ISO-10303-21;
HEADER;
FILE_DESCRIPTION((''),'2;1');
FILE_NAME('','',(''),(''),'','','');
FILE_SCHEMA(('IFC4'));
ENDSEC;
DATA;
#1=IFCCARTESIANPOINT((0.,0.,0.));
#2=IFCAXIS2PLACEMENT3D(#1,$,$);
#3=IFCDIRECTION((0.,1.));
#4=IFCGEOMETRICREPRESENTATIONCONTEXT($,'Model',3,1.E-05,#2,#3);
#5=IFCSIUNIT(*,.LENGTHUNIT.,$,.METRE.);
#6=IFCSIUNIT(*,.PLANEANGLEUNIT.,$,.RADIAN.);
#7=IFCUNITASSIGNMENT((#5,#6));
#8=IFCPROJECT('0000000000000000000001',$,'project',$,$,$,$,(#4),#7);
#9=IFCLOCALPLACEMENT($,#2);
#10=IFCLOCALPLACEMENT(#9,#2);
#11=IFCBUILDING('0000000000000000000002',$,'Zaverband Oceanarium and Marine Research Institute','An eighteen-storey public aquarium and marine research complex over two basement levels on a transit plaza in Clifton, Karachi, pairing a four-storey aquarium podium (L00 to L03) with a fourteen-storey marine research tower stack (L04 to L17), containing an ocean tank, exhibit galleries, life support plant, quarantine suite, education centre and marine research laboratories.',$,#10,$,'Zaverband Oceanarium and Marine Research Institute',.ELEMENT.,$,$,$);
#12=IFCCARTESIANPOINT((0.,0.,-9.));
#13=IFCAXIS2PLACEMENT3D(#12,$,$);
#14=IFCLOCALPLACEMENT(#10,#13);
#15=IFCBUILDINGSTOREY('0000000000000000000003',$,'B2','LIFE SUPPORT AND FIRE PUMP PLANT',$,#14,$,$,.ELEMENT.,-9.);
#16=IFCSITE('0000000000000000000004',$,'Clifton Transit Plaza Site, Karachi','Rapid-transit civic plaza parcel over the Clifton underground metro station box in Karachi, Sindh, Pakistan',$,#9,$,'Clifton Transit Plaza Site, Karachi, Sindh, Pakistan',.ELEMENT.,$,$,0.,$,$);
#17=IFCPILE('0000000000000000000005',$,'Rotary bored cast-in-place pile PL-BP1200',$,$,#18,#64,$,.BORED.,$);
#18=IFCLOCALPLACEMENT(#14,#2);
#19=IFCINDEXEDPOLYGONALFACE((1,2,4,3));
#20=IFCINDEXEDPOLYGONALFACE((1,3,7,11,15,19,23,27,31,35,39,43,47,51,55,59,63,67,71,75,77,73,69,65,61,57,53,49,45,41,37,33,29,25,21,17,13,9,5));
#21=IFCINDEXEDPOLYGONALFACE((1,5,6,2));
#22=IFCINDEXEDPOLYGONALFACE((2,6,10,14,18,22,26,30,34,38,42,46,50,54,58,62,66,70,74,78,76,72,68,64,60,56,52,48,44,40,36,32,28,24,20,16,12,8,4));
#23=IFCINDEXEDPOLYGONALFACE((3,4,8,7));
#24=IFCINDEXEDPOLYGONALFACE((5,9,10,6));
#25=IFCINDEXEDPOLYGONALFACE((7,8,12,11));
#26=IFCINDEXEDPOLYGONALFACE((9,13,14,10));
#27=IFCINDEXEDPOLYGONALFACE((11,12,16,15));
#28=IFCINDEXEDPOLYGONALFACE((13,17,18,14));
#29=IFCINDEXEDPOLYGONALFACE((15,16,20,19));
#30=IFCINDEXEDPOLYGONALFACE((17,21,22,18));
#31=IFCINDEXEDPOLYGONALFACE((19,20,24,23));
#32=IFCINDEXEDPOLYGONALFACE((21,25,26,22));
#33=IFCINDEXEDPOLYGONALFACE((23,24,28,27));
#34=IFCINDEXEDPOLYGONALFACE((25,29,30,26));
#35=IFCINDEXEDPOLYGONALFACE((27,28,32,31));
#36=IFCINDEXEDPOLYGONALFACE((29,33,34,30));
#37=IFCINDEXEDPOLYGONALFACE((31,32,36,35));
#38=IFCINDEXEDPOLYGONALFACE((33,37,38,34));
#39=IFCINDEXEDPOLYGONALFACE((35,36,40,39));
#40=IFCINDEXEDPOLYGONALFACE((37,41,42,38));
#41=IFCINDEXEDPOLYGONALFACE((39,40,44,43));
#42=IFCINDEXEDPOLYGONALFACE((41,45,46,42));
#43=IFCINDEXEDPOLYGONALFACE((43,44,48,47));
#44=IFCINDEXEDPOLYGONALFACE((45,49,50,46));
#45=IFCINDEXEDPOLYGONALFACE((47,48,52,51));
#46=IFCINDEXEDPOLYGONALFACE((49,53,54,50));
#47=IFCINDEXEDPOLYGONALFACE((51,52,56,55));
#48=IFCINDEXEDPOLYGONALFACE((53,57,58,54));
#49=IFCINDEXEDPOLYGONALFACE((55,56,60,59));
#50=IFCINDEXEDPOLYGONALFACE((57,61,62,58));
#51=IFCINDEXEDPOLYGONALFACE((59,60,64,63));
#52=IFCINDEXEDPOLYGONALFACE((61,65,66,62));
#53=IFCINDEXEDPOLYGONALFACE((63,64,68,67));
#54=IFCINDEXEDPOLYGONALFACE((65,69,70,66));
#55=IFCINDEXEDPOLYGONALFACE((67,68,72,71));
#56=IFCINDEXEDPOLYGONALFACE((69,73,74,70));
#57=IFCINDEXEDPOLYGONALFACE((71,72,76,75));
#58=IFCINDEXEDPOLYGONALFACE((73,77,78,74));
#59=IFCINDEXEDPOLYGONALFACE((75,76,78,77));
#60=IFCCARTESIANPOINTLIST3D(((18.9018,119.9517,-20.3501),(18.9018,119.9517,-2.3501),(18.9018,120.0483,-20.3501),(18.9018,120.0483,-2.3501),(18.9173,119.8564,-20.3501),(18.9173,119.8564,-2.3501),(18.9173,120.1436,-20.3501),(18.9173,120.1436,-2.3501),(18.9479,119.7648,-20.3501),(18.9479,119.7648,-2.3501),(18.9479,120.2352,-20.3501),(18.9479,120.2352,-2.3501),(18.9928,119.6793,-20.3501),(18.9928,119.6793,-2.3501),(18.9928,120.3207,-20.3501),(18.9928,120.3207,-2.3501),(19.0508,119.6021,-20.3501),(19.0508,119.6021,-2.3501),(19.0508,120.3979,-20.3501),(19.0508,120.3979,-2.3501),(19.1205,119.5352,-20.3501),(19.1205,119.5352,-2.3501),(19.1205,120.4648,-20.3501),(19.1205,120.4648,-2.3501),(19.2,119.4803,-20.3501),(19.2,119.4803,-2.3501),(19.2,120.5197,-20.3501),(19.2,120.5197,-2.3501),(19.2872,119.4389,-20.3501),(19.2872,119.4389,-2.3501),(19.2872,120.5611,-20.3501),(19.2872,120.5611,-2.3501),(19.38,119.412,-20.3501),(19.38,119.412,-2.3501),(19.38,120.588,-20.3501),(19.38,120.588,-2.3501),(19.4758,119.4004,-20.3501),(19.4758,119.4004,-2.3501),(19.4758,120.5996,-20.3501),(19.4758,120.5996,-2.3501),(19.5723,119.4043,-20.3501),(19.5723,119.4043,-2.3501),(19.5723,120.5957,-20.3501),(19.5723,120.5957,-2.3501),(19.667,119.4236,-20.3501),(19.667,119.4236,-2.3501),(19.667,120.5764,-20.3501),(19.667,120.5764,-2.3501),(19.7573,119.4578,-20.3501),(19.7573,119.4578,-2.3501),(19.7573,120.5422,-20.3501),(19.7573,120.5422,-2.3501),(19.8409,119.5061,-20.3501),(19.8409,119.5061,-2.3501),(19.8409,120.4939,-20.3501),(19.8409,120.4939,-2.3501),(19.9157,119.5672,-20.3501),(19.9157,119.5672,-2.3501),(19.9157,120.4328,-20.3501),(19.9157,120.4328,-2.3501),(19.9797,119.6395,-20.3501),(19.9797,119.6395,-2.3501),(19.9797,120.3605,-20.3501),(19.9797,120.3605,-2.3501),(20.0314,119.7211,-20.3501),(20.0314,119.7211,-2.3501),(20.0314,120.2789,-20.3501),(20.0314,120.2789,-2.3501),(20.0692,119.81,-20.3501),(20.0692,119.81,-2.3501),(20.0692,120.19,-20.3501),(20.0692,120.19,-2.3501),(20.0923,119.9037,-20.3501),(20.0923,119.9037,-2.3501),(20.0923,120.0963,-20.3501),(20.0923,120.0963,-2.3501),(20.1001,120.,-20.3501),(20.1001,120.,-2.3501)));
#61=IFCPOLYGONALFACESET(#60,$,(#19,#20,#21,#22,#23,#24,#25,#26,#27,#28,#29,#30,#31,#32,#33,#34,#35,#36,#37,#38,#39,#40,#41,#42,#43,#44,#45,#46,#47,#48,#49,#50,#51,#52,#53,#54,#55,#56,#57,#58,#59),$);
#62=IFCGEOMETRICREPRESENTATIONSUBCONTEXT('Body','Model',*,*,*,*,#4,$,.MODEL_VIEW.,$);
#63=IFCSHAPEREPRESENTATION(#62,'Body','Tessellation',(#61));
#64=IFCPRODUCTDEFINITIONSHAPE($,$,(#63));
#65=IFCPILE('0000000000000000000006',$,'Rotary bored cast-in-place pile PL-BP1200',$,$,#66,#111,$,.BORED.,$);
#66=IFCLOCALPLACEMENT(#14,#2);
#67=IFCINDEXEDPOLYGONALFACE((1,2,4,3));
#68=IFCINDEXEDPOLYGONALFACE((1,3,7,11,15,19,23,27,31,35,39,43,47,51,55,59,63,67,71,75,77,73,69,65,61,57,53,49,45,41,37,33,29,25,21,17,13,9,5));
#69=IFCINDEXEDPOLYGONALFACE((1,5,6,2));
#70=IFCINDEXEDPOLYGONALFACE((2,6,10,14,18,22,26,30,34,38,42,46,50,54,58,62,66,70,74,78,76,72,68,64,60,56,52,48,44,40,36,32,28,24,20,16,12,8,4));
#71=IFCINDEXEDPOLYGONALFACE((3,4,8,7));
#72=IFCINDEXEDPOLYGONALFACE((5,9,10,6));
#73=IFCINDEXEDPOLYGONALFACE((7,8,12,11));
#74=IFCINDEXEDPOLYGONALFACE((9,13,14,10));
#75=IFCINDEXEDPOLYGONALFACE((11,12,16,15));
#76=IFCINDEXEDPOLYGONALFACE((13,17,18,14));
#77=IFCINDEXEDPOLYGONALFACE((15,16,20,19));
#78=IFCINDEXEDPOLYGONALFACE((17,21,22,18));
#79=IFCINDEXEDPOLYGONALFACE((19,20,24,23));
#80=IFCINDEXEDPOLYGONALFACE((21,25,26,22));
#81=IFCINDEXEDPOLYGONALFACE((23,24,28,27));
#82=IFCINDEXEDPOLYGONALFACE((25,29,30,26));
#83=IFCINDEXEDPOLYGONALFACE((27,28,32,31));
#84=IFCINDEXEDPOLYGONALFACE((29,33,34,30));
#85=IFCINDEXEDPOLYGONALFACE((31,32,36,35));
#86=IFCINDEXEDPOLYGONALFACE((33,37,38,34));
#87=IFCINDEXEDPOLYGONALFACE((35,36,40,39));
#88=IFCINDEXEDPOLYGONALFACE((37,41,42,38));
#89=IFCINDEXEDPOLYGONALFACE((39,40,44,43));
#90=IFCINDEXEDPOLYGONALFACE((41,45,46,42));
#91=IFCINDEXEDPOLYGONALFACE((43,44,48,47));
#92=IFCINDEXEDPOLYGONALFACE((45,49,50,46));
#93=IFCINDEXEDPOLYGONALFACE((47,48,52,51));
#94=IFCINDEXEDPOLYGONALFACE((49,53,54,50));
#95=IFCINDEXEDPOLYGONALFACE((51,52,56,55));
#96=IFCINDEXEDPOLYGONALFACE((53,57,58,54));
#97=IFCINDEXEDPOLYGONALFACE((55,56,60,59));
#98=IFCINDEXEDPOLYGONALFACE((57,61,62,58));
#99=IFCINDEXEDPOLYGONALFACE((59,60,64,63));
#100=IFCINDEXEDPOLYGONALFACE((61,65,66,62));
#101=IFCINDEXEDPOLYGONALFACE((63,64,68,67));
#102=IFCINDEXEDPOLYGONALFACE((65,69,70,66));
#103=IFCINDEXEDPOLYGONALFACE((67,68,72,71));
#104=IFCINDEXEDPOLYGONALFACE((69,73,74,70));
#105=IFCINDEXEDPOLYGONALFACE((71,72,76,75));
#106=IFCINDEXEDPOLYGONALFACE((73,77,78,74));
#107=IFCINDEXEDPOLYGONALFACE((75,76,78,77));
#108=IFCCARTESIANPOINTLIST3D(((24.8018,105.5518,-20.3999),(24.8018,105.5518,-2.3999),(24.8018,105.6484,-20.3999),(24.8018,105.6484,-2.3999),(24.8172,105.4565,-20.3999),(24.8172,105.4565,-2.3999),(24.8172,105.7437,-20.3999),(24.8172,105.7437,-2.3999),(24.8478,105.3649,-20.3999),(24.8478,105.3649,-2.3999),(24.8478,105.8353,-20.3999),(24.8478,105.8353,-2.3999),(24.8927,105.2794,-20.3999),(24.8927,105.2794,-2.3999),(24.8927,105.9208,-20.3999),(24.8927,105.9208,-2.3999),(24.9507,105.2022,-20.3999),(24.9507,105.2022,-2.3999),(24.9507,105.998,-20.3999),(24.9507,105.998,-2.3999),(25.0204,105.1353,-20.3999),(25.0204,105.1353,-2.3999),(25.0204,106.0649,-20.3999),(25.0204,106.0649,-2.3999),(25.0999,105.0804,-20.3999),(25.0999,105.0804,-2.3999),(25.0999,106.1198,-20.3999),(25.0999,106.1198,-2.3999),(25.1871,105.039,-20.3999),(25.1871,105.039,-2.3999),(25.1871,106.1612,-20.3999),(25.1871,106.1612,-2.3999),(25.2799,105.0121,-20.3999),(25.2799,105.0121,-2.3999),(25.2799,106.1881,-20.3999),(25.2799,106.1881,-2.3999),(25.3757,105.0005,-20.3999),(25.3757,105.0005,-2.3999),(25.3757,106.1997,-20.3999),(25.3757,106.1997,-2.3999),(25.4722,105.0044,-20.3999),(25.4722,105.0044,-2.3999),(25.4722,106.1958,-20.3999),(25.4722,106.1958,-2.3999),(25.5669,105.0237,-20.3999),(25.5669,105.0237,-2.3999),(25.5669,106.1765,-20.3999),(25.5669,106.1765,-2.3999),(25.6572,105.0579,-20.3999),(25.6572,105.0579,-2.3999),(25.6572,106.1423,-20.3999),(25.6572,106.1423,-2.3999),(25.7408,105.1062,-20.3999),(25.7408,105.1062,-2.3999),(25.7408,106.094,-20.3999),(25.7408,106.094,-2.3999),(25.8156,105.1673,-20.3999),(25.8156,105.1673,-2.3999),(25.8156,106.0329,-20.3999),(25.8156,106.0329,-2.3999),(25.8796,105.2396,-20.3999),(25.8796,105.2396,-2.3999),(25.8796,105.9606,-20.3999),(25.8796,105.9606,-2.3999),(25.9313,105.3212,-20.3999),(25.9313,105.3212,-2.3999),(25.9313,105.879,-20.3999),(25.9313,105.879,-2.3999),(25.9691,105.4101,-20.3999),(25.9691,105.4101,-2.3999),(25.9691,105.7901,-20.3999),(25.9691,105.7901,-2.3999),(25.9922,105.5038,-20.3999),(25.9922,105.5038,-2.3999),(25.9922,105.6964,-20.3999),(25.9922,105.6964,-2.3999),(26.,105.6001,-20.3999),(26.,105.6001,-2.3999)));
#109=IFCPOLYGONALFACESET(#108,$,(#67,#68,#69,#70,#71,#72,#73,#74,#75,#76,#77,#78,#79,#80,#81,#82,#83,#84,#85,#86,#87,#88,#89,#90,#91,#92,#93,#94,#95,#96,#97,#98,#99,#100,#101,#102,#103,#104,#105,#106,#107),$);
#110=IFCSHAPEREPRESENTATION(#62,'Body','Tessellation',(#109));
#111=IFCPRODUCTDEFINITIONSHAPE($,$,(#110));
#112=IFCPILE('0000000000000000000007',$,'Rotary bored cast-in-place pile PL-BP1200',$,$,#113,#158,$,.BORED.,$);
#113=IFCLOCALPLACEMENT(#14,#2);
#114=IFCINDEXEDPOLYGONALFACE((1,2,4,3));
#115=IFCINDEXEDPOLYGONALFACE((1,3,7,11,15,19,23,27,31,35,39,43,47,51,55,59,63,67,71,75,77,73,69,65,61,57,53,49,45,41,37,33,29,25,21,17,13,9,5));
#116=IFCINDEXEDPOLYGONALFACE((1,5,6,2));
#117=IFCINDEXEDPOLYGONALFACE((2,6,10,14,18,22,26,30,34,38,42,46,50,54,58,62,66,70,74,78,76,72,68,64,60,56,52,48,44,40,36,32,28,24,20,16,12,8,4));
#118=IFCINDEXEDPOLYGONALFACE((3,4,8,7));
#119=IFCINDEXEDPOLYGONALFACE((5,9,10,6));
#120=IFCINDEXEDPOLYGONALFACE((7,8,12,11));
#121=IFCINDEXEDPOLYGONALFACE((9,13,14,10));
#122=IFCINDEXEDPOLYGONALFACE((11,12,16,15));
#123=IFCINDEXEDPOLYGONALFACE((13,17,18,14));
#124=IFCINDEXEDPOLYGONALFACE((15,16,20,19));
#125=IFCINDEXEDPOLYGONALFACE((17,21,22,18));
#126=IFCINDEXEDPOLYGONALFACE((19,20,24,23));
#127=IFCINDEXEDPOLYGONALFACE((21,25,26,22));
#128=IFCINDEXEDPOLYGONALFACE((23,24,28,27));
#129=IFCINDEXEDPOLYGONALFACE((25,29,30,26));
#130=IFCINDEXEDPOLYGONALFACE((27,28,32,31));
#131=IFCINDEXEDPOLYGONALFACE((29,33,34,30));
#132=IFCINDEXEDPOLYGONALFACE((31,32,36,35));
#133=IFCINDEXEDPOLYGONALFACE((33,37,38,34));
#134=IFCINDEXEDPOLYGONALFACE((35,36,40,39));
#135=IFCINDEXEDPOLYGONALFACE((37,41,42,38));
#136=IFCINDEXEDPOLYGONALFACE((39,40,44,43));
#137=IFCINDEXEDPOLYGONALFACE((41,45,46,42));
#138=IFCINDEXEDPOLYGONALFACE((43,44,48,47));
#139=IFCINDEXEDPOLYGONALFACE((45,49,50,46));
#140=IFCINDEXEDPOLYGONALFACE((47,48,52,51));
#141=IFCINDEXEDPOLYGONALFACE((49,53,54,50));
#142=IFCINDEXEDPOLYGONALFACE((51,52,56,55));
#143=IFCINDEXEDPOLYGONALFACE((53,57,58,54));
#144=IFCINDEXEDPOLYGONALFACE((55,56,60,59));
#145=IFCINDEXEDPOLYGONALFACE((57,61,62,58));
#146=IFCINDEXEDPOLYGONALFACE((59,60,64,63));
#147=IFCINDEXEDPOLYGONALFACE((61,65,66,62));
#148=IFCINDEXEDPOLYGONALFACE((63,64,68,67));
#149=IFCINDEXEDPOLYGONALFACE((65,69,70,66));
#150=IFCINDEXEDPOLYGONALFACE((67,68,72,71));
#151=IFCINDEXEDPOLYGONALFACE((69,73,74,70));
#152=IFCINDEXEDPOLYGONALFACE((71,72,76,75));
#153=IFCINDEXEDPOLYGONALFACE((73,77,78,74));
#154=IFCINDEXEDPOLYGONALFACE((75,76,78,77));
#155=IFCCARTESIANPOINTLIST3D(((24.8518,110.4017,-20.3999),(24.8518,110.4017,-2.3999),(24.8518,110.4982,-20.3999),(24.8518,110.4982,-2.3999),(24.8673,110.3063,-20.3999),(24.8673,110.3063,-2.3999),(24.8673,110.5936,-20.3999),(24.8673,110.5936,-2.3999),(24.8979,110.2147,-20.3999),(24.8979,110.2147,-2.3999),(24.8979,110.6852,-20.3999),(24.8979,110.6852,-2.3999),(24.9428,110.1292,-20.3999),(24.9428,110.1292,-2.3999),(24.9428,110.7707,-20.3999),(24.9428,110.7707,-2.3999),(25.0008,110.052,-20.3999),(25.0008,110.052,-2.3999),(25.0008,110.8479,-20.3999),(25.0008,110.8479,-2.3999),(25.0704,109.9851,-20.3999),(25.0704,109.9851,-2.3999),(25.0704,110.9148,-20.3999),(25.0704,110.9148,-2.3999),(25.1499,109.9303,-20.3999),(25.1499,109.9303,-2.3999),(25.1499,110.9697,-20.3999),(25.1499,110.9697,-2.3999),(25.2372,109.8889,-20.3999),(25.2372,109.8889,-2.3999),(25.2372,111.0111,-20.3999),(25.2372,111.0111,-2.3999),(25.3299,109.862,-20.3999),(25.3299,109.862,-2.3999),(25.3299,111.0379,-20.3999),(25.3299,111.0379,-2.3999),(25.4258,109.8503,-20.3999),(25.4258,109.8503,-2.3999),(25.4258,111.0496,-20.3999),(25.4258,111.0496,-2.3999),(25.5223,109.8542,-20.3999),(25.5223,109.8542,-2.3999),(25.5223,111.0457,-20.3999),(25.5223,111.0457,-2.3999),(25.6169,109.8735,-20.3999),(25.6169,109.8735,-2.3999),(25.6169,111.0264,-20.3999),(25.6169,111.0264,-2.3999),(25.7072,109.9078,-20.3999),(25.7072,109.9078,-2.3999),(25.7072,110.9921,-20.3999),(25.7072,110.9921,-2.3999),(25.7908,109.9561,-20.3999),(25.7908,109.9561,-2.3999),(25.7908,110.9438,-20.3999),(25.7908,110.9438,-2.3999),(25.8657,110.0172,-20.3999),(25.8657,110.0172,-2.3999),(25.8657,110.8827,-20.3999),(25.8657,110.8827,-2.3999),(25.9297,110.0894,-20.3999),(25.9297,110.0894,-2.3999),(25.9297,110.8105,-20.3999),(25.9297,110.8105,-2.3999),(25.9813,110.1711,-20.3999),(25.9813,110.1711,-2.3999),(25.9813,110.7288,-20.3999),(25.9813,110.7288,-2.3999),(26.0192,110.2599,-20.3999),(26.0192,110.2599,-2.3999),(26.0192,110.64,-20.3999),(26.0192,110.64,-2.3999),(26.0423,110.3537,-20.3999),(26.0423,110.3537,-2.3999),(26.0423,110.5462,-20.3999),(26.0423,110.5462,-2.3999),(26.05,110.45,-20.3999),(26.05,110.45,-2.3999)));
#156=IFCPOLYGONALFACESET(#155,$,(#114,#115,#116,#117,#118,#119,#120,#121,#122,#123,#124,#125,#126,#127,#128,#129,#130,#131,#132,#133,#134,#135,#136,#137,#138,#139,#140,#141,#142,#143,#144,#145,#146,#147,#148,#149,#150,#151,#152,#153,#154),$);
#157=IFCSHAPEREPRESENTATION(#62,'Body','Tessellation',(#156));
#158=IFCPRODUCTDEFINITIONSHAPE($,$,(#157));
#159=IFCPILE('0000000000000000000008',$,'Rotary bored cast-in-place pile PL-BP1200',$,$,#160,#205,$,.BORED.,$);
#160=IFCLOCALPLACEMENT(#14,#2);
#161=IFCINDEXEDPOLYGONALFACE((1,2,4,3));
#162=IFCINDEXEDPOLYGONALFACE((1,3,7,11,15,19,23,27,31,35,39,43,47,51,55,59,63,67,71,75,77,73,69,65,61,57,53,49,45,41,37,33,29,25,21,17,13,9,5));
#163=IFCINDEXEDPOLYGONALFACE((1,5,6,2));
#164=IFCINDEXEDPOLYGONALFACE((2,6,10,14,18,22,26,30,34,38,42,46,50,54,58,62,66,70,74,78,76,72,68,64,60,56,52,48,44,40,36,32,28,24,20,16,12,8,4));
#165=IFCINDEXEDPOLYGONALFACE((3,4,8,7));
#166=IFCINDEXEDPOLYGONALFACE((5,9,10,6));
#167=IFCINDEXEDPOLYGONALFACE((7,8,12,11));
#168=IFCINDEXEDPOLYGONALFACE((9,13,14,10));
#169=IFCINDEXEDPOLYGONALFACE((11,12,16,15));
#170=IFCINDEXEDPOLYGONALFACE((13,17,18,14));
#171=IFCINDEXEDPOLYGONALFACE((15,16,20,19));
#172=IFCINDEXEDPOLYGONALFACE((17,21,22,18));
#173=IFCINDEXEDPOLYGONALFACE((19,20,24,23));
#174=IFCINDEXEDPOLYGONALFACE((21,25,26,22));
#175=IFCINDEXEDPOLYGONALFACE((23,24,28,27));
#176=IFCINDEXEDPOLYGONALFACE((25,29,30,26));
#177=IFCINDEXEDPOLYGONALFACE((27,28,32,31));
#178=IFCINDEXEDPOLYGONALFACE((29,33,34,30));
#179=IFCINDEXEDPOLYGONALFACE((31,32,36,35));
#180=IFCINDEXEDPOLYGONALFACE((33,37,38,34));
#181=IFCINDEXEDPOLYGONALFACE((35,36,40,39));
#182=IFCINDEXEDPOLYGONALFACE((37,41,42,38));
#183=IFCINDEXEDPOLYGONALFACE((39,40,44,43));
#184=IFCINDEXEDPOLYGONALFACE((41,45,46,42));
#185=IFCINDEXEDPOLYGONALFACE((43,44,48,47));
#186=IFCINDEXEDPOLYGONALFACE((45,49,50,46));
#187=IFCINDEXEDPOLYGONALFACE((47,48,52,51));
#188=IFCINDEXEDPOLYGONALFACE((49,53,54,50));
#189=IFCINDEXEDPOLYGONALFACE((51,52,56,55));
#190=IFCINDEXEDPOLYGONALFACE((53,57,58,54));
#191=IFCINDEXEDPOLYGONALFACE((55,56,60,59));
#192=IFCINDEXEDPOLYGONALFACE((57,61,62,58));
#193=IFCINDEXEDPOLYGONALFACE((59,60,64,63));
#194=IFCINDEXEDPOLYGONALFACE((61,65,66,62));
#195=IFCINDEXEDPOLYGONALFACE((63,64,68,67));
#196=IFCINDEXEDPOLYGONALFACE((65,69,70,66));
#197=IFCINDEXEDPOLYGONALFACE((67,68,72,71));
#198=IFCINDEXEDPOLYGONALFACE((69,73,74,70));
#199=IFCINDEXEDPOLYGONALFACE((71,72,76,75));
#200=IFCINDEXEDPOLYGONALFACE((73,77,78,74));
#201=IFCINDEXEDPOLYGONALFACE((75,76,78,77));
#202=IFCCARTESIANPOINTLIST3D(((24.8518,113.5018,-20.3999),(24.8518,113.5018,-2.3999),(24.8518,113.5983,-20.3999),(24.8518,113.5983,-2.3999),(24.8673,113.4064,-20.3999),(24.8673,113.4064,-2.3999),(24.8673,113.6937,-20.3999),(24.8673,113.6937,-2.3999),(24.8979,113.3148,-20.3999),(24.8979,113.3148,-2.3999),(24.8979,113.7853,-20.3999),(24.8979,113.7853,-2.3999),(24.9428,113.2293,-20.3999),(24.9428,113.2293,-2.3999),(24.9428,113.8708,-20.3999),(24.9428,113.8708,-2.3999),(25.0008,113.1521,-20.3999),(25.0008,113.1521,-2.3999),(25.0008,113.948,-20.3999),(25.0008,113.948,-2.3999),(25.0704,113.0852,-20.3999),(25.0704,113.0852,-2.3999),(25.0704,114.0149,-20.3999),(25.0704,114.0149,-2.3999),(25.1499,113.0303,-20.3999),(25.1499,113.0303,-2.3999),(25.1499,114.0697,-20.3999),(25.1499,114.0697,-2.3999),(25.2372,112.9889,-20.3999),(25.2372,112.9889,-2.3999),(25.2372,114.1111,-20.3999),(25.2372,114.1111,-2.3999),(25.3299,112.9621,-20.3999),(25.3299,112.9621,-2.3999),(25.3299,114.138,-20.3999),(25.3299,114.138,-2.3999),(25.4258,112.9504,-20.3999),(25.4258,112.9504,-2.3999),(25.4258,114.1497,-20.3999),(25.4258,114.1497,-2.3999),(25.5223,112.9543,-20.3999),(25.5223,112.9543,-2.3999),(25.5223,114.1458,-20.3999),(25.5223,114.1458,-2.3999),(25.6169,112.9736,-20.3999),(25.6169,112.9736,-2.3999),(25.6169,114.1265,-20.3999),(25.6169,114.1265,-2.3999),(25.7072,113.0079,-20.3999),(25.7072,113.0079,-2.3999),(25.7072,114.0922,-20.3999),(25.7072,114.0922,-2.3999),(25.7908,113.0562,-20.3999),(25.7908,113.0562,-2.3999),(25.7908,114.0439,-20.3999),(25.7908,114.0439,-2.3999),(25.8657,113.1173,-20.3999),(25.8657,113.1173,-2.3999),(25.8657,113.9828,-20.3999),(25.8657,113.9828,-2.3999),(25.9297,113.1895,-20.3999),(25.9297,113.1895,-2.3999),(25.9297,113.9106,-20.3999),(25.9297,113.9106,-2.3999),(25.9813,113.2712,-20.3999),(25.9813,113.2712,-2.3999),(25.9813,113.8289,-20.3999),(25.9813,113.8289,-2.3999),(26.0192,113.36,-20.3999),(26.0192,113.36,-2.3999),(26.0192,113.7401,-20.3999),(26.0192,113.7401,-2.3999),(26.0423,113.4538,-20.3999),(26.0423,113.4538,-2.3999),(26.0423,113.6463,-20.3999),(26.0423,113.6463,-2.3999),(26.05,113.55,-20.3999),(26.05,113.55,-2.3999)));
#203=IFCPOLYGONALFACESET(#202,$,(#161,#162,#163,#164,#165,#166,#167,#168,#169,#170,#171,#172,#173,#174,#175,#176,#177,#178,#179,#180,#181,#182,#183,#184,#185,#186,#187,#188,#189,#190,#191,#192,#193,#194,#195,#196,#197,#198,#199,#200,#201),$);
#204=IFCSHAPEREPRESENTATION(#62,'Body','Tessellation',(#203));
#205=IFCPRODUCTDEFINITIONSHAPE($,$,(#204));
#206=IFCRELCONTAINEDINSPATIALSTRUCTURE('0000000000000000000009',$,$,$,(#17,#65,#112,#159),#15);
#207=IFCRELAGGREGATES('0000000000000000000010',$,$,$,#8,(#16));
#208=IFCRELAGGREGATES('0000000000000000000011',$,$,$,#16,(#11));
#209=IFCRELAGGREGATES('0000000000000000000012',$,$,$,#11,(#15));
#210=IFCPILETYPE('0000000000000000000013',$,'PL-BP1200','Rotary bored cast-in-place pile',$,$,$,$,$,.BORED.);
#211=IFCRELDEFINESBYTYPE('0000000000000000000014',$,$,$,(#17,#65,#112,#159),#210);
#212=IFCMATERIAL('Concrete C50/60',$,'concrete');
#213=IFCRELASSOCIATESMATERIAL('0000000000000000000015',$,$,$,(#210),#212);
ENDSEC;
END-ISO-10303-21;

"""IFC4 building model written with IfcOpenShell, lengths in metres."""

from ifc_helpers import new_model, si_unit, direction, frame, origin, origin_2d, place, context, subcontext, project, spatial, circle, extrude, material, material_profile, profile_set, type_object, element, save


model = new_model("IFC4")

# Units and contexts
model_context = context("Model", 3, precision=1e-05, world=origin(), true_north=direction((0.0, 1.0)))
body_context = subcontext(model_context, "Body", "Model", "MODEL_VIEW")
ifc_project = project(units=[si_unit("LENGTHUNIT", "METRE"), si_unit("PLANEANGLEUNIT", "RADIAN")], contexts=[model_context])

# Site, building, storey
site_placement = place(None, origin())
site = spatial("IfcSite", under=ifc_project, at=site_placement, Name="Clifton Transit Plaza Site, Karachi", Description="Rapid-transit civic plaza parcel over the Clifton underground metro station box in Karachi, Sindh, Pakistan", LongName="Clifton Transit Plaza Site, Karachi, Sindh, Pakistan", CompositionType="ELEMENT", RefElevation=0.0)
building_placement = place(site_placement, origin())
building = spatial("IfcBuilding", under=site, at=building_placement, Name="Zaverband Oceanarium and Marine Research Institute", Description="An eighteen-storey public aquarium and marine research complex over two basement levels on a transit plaza in Clifton, Karachi, pairing a four-storey aquarium podium (L00 to L03) with a fourteen-storey marine research tower stack (L04 to L17), containing an ocean tank, exhibit galleries, life support plant, quarantine suite, education centre and marine research laboratories.", LongName="Zaverband Oceanarium and Marine Research Institute", CompositionType="ELEMENT")
storey_placement = place(building_placement, frame((0.0, 0.0, -9.0)))
storey = spatial("IfcBuildingStorey", under=building, at=storey_placement, Name="B2", Description="LIFE SUPPORT AND FIRE PUMP PLANT", CompositionType="ELEMENT", Elevation=-9.0)

# Shared definitions
ifc_material_1 = material(Name="Concrete C50/60", Category="concrete")

# Piles
ifc_material_profile_1 = material_profile(ifc_material_1, circle(Radius=0.6001, at=origin_2d()), Name="BP1200")
ifc_profile_set_1 = profile_set([ifc_material_profile_1], Name="Concrete C50/60")
pile_type = type_object("IfcPileType", Name="PL-BP1200", Description="Rotary bored cast-in-place pile", PredefinedType="BORED", material=ifc_profile_set_1)
for number, where, z_axis, x_axis, name in (
    (1, (19.5, 120.0, -2.3501), (0.0, 0.0, -1.0), (1.0, 0.0, 0.0), "Rotary bored cast-in-place pile PL-BP1200"),
    (2, (25.3999, 105.6001, -2.3999), (0.0, 0.0, -1.0), (1.0, 0.0, 0.0), "Rotary bored cast-in-place pile PL-BP1200"),
    (3, (25.45, 110.45, -2.3999), (0.0, 0.0, -1.0), (1.0, 0.0, 0.0), "Rotary bored cast-in-place pile PL-BP1200"),
    (4, (25.45, 113.55, -2.3999), (0.0, 0.0, -1.0), (1.0, 0.0, 0.0), "Rotary bored cast-in-place pile PL-BP1200"),
):
    element("IfcPile", number, at=place(storey_placement, frame(where, z_axis=z_axis, x_axis=x_axis)), inside=storey, type_object=pile_type, Name=name, PredefinedType="BORED", context=body_context, shape_type="SweptSolid", body=[
        extrude(circle(Radius=0.6001, at=origin_2d()), origin(), (0.0, 0.0, 1.0), 18.0),
    ])

save(model, "model.ifc")
